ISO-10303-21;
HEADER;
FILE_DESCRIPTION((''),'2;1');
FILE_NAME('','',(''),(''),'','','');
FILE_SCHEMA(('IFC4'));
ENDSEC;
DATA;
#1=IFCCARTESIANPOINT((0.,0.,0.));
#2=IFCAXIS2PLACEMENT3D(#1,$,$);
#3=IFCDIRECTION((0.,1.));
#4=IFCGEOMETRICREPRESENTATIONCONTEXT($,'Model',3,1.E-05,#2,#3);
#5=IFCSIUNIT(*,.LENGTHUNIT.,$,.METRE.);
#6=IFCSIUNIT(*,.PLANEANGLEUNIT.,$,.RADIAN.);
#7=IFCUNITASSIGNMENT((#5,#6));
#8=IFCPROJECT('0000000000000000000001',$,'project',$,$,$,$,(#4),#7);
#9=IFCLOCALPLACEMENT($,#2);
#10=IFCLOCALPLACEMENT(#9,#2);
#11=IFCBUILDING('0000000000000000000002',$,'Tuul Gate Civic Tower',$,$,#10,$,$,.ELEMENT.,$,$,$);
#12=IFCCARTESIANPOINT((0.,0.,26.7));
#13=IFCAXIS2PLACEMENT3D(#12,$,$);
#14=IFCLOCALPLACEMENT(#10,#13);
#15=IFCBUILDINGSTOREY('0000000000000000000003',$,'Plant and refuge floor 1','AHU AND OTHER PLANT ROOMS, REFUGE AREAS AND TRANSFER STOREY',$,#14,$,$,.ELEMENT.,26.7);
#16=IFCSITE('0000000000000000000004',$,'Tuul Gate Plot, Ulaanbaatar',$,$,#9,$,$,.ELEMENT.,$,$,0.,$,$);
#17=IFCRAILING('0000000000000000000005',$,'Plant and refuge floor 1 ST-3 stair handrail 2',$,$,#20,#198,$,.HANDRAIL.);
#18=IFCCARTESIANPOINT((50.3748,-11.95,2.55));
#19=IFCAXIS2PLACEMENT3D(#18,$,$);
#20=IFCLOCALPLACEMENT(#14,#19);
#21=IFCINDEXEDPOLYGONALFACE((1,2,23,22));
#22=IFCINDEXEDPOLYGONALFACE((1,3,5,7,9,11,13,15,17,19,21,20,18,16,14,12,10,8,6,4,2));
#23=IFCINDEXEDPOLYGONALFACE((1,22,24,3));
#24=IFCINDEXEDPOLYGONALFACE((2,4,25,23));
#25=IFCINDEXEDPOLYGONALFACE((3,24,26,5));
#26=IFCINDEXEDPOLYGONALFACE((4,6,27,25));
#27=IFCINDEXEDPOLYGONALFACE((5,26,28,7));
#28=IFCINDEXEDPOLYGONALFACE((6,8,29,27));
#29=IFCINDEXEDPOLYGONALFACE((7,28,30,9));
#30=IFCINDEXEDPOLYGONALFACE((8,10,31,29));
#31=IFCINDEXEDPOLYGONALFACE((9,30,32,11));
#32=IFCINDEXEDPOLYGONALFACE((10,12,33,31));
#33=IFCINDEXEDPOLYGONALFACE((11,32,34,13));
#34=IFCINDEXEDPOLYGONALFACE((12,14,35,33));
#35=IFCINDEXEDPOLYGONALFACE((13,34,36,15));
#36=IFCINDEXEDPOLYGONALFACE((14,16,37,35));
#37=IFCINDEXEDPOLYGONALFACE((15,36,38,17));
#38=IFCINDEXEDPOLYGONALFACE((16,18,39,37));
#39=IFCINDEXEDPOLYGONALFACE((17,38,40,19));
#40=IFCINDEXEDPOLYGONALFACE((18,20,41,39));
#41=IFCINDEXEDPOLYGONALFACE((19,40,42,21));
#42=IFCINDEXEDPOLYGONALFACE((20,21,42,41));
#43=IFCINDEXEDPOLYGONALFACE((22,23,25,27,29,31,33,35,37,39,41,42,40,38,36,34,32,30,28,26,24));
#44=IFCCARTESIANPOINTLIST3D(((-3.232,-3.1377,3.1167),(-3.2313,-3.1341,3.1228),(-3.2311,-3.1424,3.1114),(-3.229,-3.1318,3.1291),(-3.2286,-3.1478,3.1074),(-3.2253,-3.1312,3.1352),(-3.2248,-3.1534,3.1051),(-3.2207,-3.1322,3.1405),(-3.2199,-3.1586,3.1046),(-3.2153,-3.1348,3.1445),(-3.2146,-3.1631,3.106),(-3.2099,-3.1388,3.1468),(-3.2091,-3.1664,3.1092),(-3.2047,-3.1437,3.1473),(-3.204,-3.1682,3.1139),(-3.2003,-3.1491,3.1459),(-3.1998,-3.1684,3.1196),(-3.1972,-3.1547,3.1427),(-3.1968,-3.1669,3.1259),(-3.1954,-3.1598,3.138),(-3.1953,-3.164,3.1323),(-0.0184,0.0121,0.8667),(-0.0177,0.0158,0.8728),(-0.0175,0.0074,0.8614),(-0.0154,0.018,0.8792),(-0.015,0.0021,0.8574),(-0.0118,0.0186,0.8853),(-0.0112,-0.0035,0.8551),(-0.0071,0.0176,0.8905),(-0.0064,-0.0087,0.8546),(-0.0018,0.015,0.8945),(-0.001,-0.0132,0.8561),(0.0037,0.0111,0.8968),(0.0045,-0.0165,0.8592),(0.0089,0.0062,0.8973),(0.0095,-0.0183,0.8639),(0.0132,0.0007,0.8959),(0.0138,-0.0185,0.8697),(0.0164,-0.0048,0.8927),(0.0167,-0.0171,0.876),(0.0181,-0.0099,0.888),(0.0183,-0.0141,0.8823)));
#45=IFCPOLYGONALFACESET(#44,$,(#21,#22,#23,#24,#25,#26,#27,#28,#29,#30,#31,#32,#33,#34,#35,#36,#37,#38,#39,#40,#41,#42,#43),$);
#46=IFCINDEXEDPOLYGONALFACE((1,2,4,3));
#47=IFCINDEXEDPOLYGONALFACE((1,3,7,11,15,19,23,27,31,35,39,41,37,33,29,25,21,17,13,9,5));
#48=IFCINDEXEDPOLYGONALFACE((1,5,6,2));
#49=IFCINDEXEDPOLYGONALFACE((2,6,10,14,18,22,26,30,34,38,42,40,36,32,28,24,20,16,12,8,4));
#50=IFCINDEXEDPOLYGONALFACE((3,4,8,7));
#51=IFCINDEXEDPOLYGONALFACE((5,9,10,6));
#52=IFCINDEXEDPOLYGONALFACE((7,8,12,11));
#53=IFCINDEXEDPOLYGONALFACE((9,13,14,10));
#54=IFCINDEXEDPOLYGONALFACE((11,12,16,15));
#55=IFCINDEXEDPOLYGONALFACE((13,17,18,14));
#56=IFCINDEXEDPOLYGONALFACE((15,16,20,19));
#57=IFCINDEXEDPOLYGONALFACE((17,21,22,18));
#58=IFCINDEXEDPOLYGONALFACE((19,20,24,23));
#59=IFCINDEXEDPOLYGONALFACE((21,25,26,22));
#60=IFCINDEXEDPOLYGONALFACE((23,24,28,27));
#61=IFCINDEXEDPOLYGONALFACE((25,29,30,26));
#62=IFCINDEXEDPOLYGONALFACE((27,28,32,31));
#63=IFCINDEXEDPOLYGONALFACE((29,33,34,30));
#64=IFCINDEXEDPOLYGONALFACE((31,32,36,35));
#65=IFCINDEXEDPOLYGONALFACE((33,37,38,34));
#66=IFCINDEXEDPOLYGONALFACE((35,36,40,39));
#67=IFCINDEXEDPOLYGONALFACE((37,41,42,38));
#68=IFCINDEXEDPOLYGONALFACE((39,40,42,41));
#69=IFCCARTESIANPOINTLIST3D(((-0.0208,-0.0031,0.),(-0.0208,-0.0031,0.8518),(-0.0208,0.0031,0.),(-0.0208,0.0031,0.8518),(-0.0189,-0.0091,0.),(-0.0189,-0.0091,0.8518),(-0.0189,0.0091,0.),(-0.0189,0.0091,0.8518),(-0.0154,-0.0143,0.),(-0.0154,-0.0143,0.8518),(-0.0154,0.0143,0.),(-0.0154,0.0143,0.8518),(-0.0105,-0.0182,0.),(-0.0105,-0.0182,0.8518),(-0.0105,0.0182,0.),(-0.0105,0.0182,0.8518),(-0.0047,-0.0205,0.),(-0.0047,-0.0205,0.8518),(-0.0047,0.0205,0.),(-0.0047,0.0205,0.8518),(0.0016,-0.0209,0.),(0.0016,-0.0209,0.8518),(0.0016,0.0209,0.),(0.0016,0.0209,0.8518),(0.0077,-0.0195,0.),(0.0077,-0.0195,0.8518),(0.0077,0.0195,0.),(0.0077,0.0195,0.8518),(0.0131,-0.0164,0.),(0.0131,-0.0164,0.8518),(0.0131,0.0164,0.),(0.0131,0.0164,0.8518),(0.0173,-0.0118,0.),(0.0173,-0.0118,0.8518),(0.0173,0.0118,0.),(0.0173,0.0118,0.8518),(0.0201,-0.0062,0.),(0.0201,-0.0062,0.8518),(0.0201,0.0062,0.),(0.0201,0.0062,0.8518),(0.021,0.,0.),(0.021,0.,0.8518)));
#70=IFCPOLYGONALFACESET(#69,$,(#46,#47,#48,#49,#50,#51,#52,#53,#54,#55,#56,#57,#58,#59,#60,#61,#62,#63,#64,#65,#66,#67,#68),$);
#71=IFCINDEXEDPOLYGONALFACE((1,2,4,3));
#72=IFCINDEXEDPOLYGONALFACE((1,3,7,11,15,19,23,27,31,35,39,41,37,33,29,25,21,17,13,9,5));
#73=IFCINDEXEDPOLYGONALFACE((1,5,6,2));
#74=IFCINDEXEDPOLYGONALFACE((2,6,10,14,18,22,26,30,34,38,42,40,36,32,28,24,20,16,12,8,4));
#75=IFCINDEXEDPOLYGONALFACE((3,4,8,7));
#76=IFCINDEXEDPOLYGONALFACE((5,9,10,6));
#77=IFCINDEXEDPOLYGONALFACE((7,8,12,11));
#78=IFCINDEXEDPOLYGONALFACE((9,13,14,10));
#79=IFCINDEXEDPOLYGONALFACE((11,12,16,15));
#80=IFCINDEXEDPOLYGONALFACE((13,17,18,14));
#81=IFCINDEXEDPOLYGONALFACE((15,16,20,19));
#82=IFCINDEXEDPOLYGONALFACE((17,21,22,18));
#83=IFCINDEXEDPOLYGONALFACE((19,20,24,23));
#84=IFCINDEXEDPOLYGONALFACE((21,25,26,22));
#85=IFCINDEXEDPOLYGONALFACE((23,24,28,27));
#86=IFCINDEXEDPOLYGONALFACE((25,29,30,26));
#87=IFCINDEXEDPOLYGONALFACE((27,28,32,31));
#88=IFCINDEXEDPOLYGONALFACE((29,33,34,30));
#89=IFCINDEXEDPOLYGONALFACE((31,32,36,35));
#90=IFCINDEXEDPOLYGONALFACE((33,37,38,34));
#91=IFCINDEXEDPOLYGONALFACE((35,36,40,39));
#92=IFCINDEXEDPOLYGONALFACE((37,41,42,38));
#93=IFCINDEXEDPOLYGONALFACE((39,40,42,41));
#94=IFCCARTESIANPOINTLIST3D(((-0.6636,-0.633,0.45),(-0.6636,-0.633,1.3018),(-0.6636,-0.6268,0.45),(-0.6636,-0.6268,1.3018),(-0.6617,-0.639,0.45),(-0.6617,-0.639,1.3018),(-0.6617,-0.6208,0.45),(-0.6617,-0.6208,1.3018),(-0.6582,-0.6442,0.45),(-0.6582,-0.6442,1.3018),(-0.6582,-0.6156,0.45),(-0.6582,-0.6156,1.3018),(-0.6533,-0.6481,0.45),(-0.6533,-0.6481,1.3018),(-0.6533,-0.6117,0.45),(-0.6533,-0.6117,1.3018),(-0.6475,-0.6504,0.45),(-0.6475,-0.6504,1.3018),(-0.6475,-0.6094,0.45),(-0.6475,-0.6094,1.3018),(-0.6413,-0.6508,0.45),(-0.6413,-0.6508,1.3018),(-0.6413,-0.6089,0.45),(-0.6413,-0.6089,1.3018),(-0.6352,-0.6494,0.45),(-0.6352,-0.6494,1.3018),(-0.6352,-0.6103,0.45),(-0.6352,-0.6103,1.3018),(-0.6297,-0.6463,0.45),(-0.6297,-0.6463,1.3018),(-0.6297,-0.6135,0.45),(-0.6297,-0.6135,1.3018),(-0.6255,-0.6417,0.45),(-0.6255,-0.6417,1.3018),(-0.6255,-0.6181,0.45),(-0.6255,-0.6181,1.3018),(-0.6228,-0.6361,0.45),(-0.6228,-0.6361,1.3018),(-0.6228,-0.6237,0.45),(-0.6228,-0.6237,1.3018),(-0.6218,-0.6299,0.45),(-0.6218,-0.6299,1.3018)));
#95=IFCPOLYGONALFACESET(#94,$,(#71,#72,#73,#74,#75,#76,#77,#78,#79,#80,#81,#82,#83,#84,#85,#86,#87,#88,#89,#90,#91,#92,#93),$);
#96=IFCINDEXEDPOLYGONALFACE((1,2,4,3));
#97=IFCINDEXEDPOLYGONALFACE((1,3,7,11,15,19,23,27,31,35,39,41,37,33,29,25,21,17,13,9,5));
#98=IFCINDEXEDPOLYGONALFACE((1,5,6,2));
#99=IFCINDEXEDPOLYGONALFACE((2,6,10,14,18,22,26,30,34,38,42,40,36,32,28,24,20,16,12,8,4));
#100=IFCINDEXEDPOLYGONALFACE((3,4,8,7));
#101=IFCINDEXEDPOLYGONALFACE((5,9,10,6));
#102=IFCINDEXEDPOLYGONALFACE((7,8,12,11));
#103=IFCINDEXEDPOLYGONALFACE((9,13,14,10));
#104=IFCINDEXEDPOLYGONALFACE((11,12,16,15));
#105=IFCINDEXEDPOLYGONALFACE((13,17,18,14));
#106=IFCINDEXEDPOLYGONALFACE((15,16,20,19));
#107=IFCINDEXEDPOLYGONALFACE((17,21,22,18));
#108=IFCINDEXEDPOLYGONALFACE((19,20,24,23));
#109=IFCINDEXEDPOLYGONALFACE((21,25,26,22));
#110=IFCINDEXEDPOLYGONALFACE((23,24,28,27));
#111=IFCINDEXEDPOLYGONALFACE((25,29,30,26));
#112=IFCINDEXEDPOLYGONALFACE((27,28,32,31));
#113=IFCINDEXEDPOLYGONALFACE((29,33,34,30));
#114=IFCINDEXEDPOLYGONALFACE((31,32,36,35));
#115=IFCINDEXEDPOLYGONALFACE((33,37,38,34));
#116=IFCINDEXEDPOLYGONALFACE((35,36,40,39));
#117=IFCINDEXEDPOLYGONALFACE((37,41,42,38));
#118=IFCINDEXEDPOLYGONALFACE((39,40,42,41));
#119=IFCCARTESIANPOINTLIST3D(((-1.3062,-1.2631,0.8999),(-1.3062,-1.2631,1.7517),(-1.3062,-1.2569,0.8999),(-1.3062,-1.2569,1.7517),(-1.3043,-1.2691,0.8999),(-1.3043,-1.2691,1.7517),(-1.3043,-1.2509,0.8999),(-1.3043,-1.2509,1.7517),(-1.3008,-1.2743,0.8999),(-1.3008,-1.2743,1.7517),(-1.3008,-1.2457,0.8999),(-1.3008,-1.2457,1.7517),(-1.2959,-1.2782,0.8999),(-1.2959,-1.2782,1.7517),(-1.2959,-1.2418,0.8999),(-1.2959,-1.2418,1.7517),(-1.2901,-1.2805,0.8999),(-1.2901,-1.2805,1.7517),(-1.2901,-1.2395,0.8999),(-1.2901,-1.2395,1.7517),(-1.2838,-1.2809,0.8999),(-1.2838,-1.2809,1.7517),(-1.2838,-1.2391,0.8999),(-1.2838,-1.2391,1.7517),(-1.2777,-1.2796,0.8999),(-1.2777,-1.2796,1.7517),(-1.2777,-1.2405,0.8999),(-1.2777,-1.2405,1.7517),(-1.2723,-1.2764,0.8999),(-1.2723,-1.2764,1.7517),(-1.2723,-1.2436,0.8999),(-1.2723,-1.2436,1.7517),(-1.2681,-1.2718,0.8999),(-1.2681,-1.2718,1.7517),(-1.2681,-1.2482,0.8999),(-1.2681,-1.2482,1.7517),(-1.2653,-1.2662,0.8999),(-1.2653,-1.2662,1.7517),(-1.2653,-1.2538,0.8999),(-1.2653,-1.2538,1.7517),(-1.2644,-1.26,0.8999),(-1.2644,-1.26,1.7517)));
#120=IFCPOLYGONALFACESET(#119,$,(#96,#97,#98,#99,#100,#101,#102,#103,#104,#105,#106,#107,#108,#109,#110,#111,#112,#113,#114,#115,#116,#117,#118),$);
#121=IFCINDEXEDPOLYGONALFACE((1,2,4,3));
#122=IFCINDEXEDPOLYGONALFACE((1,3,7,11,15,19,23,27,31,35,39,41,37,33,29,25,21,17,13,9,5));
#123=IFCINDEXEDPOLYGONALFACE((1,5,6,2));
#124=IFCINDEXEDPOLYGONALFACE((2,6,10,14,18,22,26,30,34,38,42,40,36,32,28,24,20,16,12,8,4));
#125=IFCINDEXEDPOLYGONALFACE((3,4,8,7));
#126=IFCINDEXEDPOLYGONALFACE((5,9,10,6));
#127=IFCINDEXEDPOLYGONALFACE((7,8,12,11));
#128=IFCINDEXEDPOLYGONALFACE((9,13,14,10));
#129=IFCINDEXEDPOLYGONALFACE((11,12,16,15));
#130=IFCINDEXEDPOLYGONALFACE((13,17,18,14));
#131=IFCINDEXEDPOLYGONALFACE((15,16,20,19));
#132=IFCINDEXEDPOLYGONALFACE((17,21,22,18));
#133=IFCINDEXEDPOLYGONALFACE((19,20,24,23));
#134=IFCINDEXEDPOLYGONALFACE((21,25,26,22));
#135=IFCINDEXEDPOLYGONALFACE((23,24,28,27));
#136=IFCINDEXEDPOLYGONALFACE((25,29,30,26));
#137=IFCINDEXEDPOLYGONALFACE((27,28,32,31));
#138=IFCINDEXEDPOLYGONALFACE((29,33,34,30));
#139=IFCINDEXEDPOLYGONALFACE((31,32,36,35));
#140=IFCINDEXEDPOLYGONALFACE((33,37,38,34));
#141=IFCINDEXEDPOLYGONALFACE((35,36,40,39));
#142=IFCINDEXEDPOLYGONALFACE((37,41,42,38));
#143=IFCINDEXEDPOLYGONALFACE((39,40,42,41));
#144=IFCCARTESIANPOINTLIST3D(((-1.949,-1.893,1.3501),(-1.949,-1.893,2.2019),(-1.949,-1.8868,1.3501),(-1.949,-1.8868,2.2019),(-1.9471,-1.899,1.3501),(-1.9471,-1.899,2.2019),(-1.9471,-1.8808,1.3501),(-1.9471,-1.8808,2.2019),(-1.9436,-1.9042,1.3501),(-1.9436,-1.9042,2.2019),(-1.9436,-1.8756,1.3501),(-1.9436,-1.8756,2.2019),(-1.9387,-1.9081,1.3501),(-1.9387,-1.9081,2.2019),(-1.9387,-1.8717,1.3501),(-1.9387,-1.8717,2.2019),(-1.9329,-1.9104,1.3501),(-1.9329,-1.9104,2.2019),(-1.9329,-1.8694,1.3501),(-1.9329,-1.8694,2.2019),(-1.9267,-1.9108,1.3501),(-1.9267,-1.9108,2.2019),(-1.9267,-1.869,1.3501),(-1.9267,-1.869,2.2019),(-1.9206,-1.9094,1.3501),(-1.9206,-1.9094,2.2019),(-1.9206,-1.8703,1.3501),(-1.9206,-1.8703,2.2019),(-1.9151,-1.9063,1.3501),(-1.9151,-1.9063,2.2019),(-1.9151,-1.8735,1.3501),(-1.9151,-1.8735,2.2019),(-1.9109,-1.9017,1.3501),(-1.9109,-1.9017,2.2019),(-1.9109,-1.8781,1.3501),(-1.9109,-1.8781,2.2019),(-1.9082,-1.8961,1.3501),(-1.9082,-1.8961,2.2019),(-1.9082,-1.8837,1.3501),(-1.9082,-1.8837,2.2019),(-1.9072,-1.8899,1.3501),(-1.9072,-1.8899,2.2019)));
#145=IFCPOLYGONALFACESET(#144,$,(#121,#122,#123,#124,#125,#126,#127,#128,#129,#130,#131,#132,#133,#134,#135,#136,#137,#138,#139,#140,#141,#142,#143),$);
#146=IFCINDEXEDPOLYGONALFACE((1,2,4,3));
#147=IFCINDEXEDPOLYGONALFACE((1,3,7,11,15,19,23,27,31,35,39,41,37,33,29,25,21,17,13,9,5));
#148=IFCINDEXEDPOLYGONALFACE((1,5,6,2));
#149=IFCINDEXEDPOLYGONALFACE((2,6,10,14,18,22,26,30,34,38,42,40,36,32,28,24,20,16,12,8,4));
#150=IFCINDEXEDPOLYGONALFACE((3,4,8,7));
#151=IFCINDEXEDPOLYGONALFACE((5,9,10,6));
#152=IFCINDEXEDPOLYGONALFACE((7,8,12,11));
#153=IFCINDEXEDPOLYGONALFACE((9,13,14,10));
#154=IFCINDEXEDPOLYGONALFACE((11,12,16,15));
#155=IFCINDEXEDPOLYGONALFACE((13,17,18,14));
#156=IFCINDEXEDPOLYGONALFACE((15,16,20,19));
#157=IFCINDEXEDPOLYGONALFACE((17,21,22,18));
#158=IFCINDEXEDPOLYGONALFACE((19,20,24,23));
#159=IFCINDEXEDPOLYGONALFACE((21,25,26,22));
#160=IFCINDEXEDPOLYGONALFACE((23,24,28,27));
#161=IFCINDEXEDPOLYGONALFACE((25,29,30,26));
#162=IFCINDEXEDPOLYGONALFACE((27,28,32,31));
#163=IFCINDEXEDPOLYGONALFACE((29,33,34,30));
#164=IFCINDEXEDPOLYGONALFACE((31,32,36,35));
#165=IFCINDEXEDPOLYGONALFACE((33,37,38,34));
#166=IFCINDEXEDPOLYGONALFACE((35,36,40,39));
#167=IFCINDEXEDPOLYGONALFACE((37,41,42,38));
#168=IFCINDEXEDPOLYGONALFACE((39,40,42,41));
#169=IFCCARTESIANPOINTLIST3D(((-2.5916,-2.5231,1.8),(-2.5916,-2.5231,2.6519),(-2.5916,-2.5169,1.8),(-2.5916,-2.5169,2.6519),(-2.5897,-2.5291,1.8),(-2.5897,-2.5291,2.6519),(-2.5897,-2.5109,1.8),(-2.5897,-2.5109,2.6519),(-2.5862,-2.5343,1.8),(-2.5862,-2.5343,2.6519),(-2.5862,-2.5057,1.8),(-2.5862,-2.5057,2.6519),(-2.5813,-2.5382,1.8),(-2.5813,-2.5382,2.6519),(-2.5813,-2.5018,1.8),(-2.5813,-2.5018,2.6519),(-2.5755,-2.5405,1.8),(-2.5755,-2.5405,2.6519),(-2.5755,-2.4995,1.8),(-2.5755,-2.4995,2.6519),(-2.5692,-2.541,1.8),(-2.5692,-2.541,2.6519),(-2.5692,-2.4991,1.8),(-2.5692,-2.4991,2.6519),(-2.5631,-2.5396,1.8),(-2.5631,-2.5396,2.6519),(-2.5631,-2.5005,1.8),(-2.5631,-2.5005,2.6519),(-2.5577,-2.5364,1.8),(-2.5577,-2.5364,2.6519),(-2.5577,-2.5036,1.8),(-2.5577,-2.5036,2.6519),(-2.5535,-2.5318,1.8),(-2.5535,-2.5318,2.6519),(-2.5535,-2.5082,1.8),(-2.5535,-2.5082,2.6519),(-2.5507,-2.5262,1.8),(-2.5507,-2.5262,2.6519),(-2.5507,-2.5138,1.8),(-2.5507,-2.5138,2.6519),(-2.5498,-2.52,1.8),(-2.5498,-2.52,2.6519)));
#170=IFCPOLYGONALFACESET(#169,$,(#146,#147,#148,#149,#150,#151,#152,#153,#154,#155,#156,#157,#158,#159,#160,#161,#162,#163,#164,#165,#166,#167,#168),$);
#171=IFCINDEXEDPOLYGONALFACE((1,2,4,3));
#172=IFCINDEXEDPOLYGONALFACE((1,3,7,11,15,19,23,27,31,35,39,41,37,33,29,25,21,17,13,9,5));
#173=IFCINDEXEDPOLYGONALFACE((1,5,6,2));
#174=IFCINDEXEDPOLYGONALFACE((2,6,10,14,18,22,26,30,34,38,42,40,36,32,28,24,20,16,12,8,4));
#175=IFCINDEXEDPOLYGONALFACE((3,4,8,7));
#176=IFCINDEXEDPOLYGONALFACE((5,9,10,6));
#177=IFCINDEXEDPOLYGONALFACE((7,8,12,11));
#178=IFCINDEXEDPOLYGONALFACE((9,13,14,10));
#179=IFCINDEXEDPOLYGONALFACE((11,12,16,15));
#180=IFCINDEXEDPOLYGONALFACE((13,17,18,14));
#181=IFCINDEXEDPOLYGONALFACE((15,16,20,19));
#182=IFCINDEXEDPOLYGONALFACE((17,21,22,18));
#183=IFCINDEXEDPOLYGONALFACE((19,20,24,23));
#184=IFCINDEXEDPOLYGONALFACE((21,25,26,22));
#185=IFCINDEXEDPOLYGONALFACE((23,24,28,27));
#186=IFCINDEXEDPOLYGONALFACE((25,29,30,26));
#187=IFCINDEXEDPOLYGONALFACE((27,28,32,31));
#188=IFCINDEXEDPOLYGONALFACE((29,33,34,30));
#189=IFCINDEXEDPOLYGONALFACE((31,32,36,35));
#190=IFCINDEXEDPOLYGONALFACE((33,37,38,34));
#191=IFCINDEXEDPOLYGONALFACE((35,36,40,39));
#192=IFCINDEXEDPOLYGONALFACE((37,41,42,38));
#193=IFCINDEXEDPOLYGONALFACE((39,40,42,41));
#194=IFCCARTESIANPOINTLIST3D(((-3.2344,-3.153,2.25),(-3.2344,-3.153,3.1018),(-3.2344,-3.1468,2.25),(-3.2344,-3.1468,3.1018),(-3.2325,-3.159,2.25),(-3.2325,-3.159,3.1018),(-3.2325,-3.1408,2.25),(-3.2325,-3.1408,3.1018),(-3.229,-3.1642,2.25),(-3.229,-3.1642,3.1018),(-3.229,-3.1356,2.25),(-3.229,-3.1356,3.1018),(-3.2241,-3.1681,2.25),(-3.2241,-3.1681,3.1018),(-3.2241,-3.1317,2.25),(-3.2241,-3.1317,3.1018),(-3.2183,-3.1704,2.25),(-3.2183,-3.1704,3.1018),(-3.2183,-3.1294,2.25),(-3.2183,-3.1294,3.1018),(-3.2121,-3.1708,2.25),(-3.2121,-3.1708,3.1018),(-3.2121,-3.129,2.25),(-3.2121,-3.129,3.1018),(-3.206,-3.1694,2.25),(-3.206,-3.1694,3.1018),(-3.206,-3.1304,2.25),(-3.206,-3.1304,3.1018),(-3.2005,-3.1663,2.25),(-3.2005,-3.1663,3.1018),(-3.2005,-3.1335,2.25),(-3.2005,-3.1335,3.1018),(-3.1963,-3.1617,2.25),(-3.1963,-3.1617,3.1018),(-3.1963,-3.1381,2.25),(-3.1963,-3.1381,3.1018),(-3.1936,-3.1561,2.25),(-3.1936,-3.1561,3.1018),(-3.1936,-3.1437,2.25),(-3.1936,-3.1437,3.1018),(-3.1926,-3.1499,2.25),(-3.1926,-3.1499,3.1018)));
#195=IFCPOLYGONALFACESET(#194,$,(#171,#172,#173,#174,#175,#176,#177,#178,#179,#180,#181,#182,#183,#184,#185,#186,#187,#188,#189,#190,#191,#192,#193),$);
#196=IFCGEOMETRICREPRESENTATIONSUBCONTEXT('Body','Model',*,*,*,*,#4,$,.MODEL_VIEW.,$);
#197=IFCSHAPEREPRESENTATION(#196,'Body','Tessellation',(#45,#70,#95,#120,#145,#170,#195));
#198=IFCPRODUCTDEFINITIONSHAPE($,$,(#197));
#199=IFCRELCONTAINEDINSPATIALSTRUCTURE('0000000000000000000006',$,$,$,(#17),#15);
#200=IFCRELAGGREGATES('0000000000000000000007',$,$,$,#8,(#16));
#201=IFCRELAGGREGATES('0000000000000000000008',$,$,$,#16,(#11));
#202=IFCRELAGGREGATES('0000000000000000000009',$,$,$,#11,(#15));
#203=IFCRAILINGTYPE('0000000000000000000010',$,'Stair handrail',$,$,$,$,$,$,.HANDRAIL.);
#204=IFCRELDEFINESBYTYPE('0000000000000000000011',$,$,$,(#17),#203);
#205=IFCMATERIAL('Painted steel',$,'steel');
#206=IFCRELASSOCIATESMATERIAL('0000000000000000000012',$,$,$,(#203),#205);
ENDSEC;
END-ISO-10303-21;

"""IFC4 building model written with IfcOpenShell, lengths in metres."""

from ifc_helpers import new_model, si_unit, direction, frame, origin, origin_2d, place, context, subcontext, project, spatial, circle, extrude, material, type_object, element, save


model = new_model("IFC4")

# Units and contexts
model_context = context("Model", 3, precision=1e-05, world=origin(), true_north=direction((0.0, 1.0)))
body_context = subcontext(model_context, "Body", "Model", "MODEL_VIEW")
ifc_project = project(units=[si_unit("LENGTHUNIT", "METRE"), si_unit("PLANEANGLEUNIT", "RADIAN")], contexts=[model_context])

# Site, building, storey
site_placement = place(None, origin())
site = spatial("IfcSite", under=ifc_project, at=site_placement, Name="Tuul Gate Plot, Ulaanbaatar", CompositionType="ELEMENT", RefElevation=0.0)
building_placement = place(site_placement, origin())
building = spatial("IfcBuilding", under=site, at=building_placement, Name="Tuul Gate Civic Tower", CompositionType="ELEMENT")
storey_placement = place(building_placement, frame((0.0, 0.0, 26.7)))
storey = spatial("IfcBuildingStorey", under=building, at=storey_placement, Name="Plant and refuge floor 1", Description="AHU AND OTHER PLANT ROOMS, REFUGE AREAS AND TRANSFER STOREY", CompositionType="ELEMENT", Elevation=26.7)

# Railing
ifc_material_1 = material(Name="Painted steel", Category="steel")
railing_type = type_object("IfcRailingType", Name="Stair handrail", PredefinedType="HANDRAIL", material=ifc_material_1)
railing_placement = place(storey_placement, frame((50.3748, -11.95, 2.55)))
element("IfcRailing", 1, at=railing_placement, inside=storey, type_object=railing_type, Name="Plant and refuge floor 1 ST-3 stair handrail 2", PredefinedType="HANDRAIL", context=body_context, shape_type="SweptSolid", body=[
    extrude(circle(Radius=0.0239, at=origin_2d()), frame((0.0, 0.0, 0.876), z_axis=(-0.638754, -0.626089, 0.44722), x_axis=(0.699991, -0.714152, 0.0)), (0.0, 0.0, 1.0), 5.031),
    extrude(circle(Radius=0.021, at=origin_2d()), origin(), (0.0, 0.0, 1.0), 0.8518),
    extrude(circle(Radius=0.021, at=origin_2d()), frame((-0.6428, -0.6299, 0.45)), (0.0, 0.0, 1.0), 0.8518),
    extrude(circle(Radius=0.021, at=origin_2d()), frame((-1.2854, -1.26, 0.8999)), (0.0, 0.0, 1.0), 0.8518),
    extrude(circle(Radius=0.021, at=origin_2d()), frame((-1.9282, -1.8899, 1.3501)), (0.0, 0.0, 1.0), 0.8518),
    extrude(circle(Radius=0.021, at=origin_2d()), frame((-2.5708, -2.52, 1.8)), (0.0, 0.0, 1.0), 0.8518),
    extrude(circle(Radius=0.021, at=origin_2d()), frame((-3.2136, -3.1499, 2.25)), (0.0, 0.0, 1.0), 0.8518),
])

save(model, "model.ifc")
